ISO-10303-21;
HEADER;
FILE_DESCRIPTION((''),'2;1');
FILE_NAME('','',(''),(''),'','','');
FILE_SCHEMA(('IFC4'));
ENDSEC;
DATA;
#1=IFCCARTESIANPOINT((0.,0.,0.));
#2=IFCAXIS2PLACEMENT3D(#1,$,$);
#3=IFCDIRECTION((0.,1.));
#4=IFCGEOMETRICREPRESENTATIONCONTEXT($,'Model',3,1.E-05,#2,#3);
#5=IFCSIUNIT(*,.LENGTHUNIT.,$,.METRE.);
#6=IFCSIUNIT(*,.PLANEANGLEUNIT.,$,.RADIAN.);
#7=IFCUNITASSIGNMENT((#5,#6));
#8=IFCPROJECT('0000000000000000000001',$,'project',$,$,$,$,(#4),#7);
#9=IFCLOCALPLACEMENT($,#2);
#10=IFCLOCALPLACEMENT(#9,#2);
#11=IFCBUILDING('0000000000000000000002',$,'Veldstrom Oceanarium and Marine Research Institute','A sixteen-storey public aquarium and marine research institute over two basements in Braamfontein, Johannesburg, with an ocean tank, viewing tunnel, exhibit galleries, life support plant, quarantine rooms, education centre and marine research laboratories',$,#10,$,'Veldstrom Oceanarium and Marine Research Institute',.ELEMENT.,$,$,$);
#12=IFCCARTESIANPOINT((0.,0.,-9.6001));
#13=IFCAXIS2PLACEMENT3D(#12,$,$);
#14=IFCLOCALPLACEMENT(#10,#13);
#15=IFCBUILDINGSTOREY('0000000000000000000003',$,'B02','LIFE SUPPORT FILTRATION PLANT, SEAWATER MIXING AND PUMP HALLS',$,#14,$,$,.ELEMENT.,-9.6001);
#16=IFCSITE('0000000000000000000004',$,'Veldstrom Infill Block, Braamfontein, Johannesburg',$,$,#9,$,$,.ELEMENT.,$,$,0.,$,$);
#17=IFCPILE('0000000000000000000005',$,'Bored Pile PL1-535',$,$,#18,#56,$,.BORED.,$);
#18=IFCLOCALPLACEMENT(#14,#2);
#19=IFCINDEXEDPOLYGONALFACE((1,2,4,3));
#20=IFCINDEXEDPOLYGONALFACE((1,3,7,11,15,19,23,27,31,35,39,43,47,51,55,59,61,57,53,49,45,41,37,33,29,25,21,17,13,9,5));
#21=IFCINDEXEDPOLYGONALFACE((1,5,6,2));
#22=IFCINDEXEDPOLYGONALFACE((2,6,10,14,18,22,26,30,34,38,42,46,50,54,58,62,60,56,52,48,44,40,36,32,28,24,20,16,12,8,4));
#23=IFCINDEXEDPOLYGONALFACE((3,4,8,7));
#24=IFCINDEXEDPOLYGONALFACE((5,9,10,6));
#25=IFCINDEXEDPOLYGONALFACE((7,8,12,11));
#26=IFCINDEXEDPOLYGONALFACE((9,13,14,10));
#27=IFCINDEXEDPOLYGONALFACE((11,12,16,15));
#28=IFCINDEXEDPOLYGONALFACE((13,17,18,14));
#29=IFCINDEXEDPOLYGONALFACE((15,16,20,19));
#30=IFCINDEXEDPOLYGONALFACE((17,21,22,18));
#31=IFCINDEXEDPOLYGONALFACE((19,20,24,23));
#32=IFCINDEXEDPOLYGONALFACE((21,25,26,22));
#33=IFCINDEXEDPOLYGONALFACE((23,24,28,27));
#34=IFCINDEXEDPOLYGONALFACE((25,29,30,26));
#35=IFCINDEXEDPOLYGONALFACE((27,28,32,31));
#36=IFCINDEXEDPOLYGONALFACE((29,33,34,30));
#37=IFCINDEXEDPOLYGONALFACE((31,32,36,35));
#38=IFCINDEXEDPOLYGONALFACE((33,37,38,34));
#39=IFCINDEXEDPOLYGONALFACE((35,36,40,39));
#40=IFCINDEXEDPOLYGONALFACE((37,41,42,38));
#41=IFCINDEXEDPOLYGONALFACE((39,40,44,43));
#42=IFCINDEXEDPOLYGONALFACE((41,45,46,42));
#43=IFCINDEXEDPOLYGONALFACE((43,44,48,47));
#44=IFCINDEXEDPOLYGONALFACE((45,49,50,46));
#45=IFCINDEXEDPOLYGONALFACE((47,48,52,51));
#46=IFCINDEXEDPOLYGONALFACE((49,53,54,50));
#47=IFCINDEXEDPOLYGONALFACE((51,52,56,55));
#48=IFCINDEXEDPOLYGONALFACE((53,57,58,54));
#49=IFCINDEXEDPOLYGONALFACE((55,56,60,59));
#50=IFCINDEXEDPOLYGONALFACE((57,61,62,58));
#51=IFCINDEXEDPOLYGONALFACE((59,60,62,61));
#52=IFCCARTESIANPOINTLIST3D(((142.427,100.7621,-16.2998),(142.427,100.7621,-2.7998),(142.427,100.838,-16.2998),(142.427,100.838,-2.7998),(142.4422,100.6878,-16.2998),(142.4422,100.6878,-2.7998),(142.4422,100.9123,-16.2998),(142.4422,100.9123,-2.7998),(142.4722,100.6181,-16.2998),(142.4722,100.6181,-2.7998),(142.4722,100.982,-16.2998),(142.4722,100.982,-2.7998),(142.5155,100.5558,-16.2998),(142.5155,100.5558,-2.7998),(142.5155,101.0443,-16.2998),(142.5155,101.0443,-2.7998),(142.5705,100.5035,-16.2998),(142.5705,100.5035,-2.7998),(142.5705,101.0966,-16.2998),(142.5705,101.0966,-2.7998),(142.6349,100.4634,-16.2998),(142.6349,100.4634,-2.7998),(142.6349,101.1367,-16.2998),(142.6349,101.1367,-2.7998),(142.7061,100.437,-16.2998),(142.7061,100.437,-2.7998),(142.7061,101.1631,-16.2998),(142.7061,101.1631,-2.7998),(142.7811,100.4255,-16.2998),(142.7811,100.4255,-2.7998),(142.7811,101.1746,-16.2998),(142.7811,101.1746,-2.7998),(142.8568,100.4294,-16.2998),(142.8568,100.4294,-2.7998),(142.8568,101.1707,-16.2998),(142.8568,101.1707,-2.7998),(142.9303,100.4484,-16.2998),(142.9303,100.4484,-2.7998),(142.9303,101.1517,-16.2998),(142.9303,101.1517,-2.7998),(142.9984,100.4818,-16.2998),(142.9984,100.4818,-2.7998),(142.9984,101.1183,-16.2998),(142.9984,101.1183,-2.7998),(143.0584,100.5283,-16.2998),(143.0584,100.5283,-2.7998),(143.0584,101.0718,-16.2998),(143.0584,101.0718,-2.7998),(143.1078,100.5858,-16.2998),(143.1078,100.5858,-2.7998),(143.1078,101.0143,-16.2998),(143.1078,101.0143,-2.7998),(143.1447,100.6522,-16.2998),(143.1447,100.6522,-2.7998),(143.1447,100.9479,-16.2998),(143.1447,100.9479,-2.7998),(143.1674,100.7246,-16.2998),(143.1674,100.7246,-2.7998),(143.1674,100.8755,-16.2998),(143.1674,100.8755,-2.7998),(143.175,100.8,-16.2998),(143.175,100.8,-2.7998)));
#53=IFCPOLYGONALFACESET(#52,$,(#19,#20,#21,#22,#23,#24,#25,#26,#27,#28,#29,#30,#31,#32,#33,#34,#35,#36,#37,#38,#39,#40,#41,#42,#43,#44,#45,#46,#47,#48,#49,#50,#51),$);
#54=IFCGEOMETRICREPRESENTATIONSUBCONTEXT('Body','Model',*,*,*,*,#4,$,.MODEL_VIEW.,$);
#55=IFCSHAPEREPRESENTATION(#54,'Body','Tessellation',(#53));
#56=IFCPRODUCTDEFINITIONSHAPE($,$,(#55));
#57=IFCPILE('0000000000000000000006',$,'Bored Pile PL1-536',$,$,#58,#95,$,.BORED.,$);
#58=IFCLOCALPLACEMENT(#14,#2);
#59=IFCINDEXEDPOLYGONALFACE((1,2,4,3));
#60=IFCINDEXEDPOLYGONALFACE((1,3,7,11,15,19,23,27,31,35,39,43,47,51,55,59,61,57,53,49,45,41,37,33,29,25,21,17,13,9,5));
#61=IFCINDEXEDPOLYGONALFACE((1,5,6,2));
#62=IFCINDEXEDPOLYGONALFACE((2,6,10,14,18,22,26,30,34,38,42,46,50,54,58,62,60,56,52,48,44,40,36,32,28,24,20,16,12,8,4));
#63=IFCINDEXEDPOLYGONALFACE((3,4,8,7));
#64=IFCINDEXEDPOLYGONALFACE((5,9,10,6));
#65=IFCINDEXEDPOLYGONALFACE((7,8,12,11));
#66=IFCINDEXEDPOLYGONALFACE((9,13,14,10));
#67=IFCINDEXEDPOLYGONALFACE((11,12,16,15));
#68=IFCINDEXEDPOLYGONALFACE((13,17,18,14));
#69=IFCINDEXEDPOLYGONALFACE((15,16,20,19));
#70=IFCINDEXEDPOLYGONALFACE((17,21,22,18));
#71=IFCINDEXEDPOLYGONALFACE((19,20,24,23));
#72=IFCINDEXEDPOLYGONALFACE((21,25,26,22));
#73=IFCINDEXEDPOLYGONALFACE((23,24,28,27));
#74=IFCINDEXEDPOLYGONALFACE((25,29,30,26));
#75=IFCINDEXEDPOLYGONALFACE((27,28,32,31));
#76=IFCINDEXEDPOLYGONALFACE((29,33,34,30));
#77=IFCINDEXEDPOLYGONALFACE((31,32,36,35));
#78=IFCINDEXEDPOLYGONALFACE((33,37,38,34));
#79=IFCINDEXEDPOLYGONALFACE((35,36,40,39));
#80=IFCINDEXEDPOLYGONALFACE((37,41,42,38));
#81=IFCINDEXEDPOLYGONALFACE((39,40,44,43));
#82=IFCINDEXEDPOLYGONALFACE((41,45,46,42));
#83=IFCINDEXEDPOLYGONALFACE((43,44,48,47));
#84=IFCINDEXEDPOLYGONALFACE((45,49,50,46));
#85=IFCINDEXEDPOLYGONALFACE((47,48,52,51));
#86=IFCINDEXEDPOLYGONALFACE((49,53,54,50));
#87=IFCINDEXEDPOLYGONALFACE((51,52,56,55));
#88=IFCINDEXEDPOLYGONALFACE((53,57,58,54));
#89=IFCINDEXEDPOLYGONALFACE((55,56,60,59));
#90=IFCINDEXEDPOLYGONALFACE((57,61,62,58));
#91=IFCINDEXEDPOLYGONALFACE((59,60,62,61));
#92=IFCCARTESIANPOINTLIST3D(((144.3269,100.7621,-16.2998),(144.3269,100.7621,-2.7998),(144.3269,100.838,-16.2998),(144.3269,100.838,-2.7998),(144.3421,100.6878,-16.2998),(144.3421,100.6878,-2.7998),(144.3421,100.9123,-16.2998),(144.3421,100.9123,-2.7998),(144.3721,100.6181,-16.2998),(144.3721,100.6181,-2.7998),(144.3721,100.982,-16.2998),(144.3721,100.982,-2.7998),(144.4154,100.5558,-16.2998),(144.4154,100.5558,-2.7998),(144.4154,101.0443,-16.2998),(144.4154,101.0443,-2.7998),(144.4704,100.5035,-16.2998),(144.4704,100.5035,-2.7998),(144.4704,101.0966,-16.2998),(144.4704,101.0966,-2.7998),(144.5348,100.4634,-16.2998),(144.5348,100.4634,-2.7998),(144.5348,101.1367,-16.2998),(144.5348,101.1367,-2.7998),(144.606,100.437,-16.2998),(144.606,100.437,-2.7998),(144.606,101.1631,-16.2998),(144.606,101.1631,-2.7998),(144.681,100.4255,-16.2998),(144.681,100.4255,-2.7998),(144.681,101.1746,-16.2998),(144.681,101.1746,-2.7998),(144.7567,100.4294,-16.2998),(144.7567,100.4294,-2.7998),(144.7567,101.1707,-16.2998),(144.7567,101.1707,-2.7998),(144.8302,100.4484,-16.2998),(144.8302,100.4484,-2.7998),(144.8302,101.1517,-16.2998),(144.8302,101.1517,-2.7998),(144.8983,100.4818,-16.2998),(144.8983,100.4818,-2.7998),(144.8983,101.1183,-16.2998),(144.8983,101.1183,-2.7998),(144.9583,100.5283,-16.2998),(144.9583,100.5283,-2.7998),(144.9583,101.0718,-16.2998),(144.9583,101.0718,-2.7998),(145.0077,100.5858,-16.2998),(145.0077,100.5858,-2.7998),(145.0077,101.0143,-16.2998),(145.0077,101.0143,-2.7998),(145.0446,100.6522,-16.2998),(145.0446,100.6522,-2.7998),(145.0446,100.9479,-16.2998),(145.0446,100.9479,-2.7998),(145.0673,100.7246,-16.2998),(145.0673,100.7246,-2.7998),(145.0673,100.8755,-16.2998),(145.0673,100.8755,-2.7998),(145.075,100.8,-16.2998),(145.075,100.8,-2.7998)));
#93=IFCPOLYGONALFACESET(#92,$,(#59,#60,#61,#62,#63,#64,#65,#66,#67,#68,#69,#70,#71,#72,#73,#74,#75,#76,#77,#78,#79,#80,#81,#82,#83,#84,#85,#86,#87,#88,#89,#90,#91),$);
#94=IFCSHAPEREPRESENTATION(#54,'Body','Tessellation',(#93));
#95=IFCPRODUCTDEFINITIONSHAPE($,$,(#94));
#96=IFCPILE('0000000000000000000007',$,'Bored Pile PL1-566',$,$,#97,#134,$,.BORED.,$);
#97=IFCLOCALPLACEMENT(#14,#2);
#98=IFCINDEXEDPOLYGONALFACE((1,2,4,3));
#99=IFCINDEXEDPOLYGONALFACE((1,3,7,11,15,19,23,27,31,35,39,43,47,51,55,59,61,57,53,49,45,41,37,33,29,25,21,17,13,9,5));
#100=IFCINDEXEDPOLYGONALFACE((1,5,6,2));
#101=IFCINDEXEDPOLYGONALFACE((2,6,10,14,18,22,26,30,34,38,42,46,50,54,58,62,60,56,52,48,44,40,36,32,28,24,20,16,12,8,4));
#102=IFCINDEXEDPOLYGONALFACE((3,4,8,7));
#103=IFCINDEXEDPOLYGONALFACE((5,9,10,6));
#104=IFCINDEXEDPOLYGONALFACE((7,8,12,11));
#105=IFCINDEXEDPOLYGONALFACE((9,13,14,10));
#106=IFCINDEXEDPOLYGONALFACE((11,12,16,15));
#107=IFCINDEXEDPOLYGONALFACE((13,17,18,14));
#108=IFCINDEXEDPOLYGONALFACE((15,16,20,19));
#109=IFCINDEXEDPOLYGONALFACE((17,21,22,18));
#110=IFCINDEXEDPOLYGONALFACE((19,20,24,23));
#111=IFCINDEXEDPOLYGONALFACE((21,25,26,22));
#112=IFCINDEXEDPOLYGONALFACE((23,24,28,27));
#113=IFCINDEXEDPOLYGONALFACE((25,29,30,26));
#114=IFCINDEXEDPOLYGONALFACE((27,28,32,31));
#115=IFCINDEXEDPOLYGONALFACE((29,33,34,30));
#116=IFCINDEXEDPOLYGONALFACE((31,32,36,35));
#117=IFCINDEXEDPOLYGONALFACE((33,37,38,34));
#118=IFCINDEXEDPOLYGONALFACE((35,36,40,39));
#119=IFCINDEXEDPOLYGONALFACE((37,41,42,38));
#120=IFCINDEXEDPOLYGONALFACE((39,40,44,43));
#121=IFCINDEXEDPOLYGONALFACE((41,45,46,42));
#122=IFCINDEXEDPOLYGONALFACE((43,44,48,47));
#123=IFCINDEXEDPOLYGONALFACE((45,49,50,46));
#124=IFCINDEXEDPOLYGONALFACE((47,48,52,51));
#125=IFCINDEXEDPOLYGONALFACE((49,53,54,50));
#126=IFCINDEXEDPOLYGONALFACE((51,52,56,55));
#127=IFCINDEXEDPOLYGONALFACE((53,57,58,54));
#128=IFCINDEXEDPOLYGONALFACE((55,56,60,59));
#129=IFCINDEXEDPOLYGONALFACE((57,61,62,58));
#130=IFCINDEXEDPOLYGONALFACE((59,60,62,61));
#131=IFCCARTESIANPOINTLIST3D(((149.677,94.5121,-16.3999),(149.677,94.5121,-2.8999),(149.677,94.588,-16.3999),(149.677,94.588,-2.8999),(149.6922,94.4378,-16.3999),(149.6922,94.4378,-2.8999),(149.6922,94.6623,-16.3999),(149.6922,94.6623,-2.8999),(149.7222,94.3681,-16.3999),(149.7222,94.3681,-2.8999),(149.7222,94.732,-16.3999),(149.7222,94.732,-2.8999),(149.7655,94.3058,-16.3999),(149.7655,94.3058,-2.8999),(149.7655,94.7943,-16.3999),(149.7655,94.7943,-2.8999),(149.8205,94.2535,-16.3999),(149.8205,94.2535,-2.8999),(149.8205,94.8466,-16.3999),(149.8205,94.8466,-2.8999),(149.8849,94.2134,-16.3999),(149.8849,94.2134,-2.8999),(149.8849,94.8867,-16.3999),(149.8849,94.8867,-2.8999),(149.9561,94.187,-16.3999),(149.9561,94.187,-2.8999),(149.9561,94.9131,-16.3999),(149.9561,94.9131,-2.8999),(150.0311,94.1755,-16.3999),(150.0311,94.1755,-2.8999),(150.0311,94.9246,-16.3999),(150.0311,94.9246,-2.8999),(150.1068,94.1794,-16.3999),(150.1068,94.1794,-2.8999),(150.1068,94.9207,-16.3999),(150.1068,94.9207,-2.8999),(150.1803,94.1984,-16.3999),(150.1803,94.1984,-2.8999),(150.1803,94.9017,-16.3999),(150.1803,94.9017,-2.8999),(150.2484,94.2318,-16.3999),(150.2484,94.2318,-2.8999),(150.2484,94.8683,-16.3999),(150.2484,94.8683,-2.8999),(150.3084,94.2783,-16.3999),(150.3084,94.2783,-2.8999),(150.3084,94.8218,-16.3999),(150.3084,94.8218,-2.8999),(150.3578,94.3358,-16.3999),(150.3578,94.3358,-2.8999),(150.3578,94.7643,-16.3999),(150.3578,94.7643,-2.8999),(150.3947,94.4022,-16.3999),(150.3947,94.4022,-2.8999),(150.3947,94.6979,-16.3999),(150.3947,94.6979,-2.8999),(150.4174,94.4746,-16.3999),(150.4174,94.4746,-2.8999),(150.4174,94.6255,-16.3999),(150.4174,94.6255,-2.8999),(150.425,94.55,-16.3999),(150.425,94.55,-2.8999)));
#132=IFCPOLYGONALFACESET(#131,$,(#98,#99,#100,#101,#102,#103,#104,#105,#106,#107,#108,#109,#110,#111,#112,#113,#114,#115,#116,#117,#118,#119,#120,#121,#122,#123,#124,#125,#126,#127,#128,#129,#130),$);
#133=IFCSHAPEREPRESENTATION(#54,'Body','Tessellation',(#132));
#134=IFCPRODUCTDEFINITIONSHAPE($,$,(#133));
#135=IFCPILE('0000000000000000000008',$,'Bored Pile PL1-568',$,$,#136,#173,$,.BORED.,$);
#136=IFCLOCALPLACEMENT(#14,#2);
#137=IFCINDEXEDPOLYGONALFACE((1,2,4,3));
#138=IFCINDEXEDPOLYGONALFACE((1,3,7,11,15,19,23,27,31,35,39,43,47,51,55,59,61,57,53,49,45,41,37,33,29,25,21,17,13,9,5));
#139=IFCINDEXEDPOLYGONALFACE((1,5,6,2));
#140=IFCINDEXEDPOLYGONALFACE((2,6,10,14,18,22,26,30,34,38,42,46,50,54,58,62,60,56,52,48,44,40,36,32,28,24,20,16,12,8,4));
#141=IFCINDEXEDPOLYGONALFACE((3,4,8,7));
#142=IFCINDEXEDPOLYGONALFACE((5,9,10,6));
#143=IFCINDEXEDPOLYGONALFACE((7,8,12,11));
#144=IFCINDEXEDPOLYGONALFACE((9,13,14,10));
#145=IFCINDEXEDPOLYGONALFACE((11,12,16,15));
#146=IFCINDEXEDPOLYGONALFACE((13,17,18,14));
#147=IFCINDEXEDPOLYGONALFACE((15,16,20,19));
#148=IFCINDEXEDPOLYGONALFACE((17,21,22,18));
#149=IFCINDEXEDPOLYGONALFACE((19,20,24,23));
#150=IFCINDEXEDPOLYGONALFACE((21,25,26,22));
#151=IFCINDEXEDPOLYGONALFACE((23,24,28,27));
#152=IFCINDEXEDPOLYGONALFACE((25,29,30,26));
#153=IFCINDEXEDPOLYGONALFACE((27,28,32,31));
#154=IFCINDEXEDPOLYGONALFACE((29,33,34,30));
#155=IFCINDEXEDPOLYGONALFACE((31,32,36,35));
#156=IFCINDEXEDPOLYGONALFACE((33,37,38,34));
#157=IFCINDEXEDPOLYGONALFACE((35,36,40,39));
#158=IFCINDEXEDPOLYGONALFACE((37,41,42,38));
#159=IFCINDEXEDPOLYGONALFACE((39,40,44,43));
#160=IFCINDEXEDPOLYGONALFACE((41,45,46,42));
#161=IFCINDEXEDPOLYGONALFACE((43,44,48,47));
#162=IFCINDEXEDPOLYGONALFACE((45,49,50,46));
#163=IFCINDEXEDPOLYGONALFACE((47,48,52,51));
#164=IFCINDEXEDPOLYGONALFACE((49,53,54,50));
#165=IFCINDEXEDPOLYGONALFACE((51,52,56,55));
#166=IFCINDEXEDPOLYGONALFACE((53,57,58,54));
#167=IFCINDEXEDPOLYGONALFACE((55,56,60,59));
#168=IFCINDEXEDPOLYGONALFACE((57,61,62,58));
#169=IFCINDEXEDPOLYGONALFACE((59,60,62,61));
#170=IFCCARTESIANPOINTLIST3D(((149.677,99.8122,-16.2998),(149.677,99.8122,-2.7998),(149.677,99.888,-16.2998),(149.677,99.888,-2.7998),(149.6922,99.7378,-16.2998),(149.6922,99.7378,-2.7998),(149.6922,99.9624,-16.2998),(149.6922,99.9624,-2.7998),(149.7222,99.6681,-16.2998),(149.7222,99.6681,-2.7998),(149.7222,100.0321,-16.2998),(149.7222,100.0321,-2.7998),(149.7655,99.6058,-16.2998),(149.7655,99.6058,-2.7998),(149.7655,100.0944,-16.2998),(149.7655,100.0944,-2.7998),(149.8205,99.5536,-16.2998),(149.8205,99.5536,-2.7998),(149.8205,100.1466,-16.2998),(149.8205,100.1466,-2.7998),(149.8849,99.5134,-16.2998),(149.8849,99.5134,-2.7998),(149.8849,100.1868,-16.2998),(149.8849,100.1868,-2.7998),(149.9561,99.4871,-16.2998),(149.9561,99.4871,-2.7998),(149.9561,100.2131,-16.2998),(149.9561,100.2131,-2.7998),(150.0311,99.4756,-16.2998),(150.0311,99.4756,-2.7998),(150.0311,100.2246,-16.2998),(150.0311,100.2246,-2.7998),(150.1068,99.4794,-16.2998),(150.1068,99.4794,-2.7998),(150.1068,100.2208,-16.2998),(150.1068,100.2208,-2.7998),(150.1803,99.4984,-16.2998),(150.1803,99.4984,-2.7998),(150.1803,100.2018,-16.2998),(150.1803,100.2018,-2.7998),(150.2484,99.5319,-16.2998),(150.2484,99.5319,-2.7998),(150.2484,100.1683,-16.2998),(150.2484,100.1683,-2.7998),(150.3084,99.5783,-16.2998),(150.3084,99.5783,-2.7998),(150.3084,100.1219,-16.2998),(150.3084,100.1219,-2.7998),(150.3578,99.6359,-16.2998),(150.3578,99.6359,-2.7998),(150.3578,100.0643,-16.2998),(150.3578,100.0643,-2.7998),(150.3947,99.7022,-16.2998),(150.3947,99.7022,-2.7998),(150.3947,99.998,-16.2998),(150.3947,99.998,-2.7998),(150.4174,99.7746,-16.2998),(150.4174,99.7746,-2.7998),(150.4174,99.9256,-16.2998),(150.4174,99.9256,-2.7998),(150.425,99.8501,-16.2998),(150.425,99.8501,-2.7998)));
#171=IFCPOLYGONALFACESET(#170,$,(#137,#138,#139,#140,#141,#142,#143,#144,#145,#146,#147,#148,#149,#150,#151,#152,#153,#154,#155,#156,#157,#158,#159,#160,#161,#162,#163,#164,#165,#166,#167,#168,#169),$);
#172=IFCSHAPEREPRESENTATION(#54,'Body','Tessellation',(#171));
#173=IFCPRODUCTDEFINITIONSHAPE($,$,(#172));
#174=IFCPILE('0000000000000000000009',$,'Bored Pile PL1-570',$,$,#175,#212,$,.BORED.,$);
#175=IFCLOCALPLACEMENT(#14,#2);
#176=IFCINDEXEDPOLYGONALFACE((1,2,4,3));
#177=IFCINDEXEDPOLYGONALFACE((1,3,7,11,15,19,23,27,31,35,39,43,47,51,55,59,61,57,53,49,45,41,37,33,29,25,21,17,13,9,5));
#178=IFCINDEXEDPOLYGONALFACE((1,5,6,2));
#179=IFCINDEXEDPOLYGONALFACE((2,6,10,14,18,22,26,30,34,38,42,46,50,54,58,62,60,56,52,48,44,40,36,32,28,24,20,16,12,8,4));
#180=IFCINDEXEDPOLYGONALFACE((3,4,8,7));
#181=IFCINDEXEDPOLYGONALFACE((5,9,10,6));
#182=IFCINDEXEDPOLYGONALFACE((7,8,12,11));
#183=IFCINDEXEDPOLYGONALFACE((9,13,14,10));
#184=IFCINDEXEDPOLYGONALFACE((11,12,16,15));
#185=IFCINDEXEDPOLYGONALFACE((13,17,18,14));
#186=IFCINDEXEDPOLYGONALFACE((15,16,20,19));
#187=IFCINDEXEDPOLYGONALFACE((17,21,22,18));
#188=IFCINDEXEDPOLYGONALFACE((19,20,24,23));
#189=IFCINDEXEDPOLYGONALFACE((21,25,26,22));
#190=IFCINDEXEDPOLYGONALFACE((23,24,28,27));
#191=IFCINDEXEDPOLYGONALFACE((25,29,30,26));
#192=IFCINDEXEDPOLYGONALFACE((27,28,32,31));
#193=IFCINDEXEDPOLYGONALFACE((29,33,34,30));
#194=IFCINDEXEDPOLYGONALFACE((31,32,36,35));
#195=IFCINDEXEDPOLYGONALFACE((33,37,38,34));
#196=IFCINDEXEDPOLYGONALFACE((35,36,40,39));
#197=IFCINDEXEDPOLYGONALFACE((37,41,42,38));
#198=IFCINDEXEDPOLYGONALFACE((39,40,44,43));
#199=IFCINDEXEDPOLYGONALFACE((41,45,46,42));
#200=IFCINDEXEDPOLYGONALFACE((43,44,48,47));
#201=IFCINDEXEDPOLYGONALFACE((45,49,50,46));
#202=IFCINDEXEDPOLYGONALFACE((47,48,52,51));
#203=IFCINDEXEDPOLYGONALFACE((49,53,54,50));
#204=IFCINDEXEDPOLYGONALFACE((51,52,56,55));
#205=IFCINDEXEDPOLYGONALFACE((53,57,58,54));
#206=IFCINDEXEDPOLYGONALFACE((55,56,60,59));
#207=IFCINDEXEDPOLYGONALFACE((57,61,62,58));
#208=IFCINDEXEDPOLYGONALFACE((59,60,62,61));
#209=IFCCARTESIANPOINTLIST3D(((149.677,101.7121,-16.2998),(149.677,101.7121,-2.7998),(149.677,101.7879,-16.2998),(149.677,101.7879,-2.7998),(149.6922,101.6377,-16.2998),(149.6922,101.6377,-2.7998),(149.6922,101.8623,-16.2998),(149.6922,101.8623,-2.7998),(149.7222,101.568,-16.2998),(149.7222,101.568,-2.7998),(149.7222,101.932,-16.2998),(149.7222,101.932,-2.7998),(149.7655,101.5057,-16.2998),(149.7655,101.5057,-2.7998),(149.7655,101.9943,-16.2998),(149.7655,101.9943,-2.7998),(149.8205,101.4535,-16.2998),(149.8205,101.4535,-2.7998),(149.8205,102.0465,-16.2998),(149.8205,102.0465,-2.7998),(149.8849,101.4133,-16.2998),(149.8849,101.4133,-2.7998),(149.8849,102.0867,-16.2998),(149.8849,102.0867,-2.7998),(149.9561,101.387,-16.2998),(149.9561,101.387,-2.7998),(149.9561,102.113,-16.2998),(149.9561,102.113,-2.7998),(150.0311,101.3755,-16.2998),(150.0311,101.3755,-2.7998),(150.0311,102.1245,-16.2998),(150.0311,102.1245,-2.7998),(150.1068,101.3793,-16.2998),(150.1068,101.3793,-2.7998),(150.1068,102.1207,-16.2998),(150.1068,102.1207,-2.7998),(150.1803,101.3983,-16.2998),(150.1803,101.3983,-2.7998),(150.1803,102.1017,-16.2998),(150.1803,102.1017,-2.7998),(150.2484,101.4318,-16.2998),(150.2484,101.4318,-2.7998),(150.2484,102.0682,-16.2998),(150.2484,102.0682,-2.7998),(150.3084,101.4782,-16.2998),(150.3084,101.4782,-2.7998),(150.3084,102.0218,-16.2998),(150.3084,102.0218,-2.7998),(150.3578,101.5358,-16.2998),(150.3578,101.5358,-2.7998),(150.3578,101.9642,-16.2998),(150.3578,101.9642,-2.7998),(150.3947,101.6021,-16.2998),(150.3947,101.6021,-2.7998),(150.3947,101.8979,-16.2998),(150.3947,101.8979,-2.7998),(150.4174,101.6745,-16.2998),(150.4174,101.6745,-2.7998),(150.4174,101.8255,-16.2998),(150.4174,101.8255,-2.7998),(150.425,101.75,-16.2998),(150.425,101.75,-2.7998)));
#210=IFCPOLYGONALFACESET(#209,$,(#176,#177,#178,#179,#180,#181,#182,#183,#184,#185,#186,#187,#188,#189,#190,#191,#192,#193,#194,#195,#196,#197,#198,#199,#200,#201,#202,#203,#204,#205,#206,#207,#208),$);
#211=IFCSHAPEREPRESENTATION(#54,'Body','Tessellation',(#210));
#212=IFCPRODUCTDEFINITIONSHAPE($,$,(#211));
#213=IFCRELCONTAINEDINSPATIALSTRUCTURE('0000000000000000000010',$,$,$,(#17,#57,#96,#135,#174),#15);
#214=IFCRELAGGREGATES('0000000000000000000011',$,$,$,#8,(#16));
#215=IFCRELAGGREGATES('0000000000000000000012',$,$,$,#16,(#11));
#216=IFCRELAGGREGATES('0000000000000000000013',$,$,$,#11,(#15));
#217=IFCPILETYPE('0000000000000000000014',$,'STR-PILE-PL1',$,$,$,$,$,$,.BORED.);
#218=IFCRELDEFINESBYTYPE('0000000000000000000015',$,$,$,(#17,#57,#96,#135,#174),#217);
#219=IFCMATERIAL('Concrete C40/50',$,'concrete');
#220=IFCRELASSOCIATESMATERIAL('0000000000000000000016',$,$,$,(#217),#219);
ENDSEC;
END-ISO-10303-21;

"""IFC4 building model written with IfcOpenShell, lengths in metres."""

from ifc_helpers import new_model, si_unit, direction, frame, origin, origin_2d, place, context, subcontext, project, spatial, circle, extrude, material, material_profile, profile_set, type_object, element, save


model = new_model("IFC4")

# Units and contexts
model_context = context("Model", 3, precision=1e-05, world=origin(), true_north=direction((0.0, 1.0)))
body_context = subcontext(model_context, "Body", "Model", "MODEL_VIEW")
ifc_project = project(units=[si_unit("LENGTHUNIT", "METRE"), si_unit("PLANEANGLEUNIT", "RADIAN")], contexts=[model_context])

# Site, building, storey
site_placement = place(None, origin())
site = spatial("IfcSite", under=ifc_project, at=site_placement, Name="Veldstrom Infill Block, Braamfontein, Johannesburg", CompositionType="ELEMENT", RefElevation=0.0)
building_placement = place(site_placement, origin())
building = spatial("IfcBuilding", under=site, at=building_placement, Name="Veldstrom Oceanarium and Marine Research Institute", Description="A sixteen-storey public aquarium and marine research institute over two basements in Braamfontein, Johannesburg, with an ocean tank, viewing tunnel, exhibit galleries, life support plant, quarantine rooms, education centre and marine research laboratories", LongName="Veldstrom Oceanarium and Marine Research Institute", CompositionType="ELEMENT")
storey_placement = place(building_placement, frame((0.0, 0.0, -9.6001)))
storey = spatial("IfcBuildingStorey", under=building, at=storey_placement, Name="B02", Description="LIFE SUPPORT FILTRATION PLANT, SEAWATER MIXING AND PUMP HALLS", CompositionType="ELEMENT", Elevation=-9.6001)

# Piles
ifc_material_1 = material(Name="Concrete C40/50", Category="concrete")
ifc_material_profile_1 = material_profile(ifc_material_1, circle(Radius=0.375, at=origin_2d()), Name="PILE-D750")
ifc_profile_set_1 = profile_set([ifc_material_profile_1], Name="Concrete C40/50")
pile_type = type_object("IfcPileType", Name="STR-PILE-PL1", PredefinedType="BORED", material=ifc_profile_set_1)
for number, where, z_axis, x_axis, name in (
    (1, (142.8, 100.8, -2.7998), (0.0, 0.0, -1.0), (1.0, 0.0, 0.0), "Bored Pile PL1-535"),
    (2, (144.7, 100.8, -2.7998), (0.0, 0.0, -1.0), (1.0, 0.0, 0.0), "Bored Pile PL1-536"),
    (3, (150.05, 94.55, -2.8999), (0.0, 0.0, -1.0), (1.0, 0.0, 0.0), "Bored Pile PL1-566"),
    (4, (150.05, 99.8501, -2.7998), (0.0, 0.0, -1.0), (1.0, 0.0, 0.0), "Bored Pile PL1-568"),
    (5, (150.05, 101.75, -2.7998), (0.0, 0.0, -1.0), (1.0, 0.0, 0.0), "Bored Pile PL1-570"),
):
    element("IfcPile", number, at=place(storey_placement, frame(where, z_axis=z_axis, x_axis=x_axis)), inside=storey, type_object=pile_type, Name=name, PredefinedType="BORED", context=body_context, shape_type="SweptSolid", body=[
        extrude(circle(Radius=0.375, at=origin_2d()), origin(), (0.0, 0.0, 1.0), 13.5),
    ])

save(model, "model.ifc")
